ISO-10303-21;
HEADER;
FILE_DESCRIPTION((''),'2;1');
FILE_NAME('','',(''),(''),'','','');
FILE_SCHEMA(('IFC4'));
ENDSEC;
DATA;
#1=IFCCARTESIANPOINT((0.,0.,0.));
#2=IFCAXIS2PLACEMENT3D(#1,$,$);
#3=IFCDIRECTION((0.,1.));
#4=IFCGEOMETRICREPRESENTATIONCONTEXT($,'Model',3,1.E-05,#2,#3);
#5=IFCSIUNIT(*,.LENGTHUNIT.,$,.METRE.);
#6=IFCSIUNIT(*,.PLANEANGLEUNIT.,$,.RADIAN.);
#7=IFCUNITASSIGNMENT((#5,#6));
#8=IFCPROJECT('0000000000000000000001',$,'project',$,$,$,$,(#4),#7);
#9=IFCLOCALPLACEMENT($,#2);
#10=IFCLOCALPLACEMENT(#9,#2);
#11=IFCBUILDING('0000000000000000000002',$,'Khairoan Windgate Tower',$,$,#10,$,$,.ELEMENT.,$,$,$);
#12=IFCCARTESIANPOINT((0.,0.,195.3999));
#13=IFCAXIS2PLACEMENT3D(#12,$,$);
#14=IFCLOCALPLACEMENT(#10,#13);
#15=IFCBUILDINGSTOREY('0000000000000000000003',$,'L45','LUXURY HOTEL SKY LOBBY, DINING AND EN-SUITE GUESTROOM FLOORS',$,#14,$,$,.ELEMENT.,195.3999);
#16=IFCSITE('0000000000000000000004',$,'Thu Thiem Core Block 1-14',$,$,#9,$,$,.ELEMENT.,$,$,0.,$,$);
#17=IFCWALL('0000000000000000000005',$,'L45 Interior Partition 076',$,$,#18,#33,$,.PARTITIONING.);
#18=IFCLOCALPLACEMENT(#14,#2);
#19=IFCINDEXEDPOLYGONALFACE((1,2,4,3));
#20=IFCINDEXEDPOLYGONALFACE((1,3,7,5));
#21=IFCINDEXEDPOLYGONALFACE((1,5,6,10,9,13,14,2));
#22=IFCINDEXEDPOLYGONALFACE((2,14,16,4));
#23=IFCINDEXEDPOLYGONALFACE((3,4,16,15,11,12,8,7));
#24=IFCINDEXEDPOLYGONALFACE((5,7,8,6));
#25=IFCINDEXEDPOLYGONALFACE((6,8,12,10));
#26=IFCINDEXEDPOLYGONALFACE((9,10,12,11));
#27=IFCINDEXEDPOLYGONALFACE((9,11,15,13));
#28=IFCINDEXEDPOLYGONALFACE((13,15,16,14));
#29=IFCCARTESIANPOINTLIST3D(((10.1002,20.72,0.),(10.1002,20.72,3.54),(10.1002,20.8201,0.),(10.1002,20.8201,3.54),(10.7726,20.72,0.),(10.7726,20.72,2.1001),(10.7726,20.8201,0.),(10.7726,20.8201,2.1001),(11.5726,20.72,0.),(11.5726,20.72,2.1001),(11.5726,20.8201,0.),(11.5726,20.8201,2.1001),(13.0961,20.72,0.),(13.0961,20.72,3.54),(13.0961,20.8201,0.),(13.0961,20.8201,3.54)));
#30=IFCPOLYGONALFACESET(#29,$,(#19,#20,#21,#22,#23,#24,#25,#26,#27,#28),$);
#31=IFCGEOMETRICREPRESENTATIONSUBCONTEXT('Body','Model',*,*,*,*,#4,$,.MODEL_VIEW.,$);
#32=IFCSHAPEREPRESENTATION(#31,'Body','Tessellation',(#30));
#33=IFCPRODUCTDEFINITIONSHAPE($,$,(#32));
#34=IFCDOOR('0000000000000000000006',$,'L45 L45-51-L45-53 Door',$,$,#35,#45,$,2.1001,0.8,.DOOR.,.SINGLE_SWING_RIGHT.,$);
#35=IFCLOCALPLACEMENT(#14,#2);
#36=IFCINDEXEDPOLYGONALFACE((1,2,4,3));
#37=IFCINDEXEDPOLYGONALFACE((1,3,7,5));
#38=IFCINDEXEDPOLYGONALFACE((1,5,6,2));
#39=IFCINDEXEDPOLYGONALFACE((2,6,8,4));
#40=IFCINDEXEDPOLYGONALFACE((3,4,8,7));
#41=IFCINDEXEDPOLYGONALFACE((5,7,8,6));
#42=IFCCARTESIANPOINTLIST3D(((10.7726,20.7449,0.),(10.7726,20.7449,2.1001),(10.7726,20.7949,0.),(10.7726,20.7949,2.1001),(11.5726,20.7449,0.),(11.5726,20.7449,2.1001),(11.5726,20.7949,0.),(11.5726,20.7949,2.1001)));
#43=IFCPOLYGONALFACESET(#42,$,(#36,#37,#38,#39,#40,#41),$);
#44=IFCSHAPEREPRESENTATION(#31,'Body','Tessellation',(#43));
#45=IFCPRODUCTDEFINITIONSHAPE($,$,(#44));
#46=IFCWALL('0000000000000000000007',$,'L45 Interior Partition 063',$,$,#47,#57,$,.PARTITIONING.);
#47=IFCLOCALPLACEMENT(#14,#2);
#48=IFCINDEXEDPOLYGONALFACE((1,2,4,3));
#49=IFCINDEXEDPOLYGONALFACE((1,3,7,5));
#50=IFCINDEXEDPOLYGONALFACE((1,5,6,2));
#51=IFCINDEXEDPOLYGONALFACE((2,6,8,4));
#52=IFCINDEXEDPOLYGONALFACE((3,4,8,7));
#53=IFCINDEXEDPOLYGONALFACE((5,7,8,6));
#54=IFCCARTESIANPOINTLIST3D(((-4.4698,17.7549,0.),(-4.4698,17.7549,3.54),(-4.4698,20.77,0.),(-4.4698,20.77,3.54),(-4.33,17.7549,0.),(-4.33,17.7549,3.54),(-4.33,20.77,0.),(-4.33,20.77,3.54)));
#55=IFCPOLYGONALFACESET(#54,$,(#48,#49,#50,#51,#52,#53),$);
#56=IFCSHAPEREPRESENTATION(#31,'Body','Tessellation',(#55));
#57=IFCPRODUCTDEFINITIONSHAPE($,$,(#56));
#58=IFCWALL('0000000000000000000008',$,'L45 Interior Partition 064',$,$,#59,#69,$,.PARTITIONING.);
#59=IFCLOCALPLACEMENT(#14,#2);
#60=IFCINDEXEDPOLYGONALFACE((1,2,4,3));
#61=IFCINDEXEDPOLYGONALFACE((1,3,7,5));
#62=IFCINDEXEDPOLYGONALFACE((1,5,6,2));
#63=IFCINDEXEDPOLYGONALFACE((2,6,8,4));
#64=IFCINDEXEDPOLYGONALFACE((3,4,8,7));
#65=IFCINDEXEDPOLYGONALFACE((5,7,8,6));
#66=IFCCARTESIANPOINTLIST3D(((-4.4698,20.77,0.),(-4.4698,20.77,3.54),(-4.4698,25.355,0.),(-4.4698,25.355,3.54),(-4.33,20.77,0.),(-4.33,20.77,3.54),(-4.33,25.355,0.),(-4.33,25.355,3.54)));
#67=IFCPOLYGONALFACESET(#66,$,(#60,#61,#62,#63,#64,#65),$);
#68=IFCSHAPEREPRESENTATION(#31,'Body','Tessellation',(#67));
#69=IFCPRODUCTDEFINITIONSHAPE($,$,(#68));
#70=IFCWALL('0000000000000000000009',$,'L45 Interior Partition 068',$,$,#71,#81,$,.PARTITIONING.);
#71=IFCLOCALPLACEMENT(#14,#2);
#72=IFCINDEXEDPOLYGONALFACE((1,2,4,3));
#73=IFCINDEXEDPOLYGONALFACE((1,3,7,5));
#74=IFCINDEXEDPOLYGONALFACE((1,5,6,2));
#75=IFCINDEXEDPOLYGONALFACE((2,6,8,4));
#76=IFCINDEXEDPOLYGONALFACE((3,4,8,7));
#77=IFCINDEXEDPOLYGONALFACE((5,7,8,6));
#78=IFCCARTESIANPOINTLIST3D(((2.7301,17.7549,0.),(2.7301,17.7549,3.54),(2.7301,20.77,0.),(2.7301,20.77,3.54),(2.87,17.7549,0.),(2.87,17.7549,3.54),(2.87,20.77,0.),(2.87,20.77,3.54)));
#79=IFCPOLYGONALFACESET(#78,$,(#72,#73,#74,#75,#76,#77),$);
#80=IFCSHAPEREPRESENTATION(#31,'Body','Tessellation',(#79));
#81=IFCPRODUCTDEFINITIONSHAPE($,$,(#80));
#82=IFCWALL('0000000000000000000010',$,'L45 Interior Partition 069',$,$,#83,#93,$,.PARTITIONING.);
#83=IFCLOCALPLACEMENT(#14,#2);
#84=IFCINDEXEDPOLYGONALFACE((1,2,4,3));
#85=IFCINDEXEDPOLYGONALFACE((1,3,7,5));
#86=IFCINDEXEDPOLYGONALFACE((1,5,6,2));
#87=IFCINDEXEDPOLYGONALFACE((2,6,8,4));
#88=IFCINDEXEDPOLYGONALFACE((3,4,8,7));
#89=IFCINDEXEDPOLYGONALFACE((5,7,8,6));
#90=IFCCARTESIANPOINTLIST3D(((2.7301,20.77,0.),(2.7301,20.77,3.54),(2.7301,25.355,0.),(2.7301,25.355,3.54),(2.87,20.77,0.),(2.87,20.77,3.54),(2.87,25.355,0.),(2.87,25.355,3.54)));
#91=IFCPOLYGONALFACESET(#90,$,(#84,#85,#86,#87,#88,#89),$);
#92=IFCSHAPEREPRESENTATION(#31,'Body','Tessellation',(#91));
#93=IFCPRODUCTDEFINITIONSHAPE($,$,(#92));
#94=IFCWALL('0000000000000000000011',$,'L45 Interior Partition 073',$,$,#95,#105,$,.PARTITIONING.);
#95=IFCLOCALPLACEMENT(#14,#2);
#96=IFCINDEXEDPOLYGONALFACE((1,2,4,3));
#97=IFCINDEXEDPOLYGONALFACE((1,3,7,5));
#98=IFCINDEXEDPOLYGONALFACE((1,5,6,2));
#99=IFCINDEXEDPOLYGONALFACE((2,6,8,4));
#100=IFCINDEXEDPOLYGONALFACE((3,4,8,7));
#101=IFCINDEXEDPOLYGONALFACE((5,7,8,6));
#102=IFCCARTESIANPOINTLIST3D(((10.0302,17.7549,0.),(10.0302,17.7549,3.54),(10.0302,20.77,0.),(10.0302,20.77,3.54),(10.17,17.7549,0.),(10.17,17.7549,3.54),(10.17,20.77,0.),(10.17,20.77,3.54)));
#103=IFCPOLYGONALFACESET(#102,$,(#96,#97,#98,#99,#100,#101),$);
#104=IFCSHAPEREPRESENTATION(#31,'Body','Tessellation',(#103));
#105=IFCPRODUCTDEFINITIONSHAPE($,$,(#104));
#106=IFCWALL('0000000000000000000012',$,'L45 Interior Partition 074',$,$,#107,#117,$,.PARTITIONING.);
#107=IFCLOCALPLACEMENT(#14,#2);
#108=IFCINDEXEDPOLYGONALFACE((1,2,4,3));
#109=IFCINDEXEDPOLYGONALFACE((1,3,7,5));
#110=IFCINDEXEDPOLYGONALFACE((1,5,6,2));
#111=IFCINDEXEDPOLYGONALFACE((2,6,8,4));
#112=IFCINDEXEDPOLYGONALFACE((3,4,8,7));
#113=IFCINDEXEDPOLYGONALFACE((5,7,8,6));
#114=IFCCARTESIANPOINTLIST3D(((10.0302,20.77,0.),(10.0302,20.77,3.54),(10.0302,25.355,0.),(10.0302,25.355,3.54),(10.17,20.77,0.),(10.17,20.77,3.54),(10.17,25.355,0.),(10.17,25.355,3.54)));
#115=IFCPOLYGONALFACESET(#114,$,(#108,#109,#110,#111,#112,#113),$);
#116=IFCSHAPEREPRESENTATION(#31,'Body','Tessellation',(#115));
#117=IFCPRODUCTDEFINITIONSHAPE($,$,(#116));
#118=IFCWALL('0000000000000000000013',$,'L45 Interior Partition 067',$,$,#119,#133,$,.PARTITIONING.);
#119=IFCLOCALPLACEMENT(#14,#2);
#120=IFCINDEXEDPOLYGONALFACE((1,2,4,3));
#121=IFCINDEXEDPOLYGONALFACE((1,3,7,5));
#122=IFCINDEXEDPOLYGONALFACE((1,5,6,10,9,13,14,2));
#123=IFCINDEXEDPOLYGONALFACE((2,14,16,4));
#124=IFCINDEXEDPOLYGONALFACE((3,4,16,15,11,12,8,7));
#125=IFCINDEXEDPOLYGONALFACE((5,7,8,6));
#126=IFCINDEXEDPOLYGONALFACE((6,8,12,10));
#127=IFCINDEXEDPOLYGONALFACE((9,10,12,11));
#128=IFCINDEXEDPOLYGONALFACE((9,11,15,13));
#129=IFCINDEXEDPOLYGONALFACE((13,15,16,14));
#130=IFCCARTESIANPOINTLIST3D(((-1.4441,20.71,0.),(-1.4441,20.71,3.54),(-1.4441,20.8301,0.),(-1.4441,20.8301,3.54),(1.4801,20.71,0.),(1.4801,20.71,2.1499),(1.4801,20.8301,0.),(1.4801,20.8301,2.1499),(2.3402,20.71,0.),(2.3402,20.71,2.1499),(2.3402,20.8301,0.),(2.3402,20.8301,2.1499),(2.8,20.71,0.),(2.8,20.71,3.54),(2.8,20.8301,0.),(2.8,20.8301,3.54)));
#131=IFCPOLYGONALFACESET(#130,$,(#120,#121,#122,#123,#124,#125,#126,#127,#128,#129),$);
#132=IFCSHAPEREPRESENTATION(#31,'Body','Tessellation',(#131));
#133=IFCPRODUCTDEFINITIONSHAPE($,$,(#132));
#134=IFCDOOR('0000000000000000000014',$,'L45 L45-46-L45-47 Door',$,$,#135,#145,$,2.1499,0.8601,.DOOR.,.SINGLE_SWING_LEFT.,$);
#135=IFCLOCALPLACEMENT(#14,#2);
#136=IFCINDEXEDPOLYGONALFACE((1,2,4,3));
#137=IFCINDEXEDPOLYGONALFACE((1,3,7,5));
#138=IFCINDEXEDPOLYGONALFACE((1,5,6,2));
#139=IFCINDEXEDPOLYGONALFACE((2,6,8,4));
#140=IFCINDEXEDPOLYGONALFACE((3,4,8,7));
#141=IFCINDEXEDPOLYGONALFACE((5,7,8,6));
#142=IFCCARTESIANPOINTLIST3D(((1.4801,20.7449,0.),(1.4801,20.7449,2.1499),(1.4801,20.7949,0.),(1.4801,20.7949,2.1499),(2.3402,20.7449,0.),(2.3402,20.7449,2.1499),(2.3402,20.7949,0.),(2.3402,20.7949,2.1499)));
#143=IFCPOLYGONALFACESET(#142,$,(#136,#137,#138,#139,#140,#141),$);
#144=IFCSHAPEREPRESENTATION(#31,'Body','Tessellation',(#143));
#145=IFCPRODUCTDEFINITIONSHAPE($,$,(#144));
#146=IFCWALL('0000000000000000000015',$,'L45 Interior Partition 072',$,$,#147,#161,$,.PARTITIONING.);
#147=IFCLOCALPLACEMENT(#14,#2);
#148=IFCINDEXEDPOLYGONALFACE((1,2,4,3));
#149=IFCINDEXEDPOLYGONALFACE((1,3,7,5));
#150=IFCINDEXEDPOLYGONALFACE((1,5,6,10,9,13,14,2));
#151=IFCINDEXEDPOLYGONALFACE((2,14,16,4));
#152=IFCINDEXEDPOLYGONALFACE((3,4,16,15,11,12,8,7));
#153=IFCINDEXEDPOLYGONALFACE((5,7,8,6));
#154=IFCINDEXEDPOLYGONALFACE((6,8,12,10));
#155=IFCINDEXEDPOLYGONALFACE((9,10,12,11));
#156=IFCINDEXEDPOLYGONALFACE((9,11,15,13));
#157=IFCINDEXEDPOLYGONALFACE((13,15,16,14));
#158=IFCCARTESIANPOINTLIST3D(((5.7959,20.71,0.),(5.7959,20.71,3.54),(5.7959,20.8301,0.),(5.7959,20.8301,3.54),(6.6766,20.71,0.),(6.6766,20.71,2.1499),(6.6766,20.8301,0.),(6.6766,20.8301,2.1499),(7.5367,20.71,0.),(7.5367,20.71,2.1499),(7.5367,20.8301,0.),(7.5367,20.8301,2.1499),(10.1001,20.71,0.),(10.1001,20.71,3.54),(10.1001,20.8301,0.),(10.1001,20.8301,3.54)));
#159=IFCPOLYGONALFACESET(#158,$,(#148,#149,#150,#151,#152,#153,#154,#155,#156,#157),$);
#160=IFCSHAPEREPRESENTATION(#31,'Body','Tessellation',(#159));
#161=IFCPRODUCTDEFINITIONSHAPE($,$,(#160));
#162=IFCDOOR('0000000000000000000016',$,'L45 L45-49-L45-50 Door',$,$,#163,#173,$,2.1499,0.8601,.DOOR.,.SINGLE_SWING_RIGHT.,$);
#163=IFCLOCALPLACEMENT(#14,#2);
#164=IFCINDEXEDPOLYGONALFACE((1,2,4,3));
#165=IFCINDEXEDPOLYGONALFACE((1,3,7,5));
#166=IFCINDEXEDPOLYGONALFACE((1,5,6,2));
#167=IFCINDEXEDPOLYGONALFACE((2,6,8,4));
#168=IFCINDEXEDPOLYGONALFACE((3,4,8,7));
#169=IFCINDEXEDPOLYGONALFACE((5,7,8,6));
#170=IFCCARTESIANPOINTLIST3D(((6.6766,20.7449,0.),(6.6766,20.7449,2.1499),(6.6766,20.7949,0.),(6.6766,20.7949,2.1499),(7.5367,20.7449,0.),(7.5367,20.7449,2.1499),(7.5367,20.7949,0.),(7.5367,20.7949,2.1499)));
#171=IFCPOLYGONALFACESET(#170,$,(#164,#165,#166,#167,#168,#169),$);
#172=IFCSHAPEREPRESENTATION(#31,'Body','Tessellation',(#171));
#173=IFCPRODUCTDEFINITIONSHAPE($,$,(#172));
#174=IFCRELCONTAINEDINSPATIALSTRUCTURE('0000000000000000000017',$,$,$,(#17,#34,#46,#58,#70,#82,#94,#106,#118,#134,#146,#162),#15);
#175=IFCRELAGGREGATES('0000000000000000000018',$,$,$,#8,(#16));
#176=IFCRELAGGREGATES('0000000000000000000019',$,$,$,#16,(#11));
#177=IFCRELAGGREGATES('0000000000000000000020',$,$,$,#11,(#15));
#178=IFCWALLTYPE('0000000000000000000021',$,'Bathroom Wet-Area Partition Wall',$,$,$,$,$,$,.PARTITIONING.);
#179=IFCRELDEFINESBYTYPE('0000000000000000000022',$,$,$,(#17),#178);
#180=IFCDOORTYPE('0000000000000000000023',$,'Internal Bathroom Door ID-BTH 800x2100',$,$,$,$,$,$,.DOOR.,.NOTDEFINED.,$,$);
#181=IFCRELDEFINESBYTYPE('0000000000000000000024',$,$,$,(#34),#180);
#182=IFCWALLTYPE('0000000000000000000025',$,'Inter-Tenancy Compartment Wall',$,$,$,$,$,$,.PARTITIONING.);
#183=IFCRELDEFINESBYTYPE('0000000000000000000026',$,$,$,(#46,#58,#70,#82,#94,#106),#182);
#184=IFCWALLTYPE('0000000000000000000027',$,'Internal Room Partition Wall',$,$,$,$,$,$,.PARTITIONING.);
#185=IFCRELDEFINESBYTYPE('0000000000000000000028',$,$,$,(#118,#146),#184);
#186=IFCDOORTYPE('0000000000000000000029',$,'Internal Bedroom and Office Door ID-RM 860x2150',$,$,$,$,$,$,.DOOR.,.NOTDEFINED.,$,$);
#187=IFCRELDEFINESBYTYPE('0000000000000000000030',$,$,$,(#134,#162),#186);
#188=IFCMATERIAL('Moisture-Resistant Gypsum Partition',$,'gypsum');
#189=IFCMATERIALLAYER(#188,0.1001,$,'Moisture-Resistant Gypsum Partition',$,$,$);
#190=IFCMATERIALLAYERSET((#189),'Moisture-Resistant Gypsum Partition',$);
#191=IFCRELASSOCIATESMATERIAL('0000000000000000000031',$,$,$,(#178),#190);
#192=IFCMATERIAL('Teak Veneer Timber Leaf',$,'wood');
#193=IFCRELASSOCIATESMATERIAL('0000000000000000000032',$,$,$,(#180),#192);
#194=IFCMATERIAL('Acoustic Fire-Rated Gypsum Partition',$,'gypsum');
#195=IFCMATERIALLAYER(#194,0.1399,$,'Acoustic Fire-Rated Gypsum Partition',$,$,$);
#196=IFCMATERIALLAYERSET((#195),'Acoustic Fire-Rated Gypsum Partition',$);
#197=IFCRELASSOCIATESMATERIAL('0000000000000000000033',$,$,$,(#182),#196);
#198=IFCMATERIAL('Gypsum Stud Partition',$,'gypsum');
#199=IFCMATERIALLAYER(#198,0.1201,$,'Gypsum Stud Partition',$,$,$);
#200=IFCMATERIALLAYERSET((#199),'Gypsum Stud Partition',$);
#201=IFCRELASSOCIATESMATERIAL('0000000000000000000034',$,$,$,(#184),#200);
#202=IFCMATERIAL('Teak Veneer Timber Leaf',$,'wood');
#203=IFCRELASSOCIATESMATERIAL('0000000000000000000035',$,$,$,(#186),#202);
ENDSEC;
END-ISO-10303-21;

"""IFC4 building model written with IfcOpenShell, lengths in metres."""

from ifc_helpers import new_model, si_unit, direction, frame, frame_2d, origin, place, context, subcontext, project, spatial, rectangle, extrude, material, layer, layer_set, type_object, element, fill, save


model = new_model("IFC4")

# Units and contexts
model_context = context("Model", 3, precision=1e-05, world=origin(), true_north=direction((0.0, 1.0)))
body_context = subcontext(model_context, "Body", "Model", "MODEL_VIEW")
ifc_project = project(units=[si_unit("LENGTHUNIT", "METRE"), si_unit("PLANEANGLEUNIT", "RADIAN")], contexts=[model_context])

# Site, building, storey
site_placement = place(None, origin())
site = spatial("IfcSite", under=ifc_project, at=site_placement, Name="Thu Thiem Core Block 1-14", CompositionType="ELEMENT", RefElevation=0.0)
building_placement = place(site_placement, origin())
building = spatial("IfcBuilding", under=site, at=building_placement, Name="Khairoan Windgate Tower", CompositionType="ELEMENT")
storey_placement = place(building_placement, frame((0.0, 0.0, 195.3999)))
storey = spatial("IfcBuildingStorey", under=building, at=storey_placement, Name="L45", Description="LUXURY HOTEL SKY LOBBY, DINING AND EN-SUITE GUESTROOM FLOORS", CompositionType="ELEMENT", Elevation=195.3999)

# Wall, opening, door
ifc_material_1 = material(Name="Moisture-Resistant Gypsum Partition", Category="gypsum")
ifc_layer_1 = layer(ifc_material_1, 0.1001, Name="Moisture-Resistant Gypsum Partition")
ifc_layer_set_1 = layer_set([ifc_layer_1], Name="Moisture-Resistant Gypsum Partition")
wall_type_1 = type_object("IfcWallType", Name="Bathroom Wet-Area Partition Wall", PredefinedType="PARTITIONING", material=ifc_layer_set_1)
ifc_material_2 = material(Name="Teak Veneer Timber Leaf", Category="wood")
door_type_1 = type_object("IfcDoorType", Name="Internal Bathroom Door ID-BTH 800x2100", OperationType="NOTDEFINED", PredefinedType="DOOR", material=ifc_material_2)
wall_1_placement = place(storey_placement, frame((10.1001, 20.77, 0.0), z_axis=(0.0, 0.0, 1.0), x_axis=(1.0, 0.0, 0.0)))
wall_1 = element("IfcWall", 1, at=wall_1_placement, inside=storey, type_object=wall_type_1, Name="L45 Interior Partition 076", PredefinedType="PARTITIONING", context=body_context, shape_type="SweptSolid", body=[
    extrude(rectangle(XDim=2.9958, YDim=0.1001, at=frame_2d((1.498, 0.0))), origin(), (0.0, 0.0, 1.0), 3.54),
])
opening_1_placement = place(wall_1_placement, frame((0.6726, 0.0, 0.0)))
opening_1 = element("IfcOpeningElement", 2, at=opening_1_placement, cuts=wall_1, PredefinedType="OPENING", context=body_context, shape_type="SweptSolid", body=[
    extrude(rectangle(XDim=0.8, YDim=2.1001, at=frame_2d((0.3999, 1.05))), frame((0.0, 0.0601, 0.0), z_axis=(0.0, -1.0, 0.0), x_axis=(1.0, 0.0, 0.0)), (0.0, 0.0, 1.0), 0.1201),
])
door_1_placement = place(opening_1_placement, origin())
door_1 = element("IfcDoor", 3, at=door_1_placement, inside=storey, type_object=door_type_1, Name="L45 L45-51-L45-53 Door", OperationType="SINGLE_SWING_RIGHT", OverallHeight=2.1001, OverallWidth=0.8, PredefinedType="DOOR", context=body_context, shape_type="SweptSolid", body=[
    extrude(rectangle(XDim=0.8, YDim=2.1001, at=frame_2d((0.3999, 1.05))), frame((0.0, 0.0249, 0.0), z_axis=(0.0, -1.0, 0.0), x_axis=(1.0, 0.0, 0.0)), (0.0, 0.0, 1.0), 0.05),
])
fill(opening_1, door_1)

# Walls
ifc_material_3 = material(Name="Acoustic Fire-Rated Gypsum Partition", Category="gypsum")
ifc_layer_2 = layer(ifc_material_3, 0.1399, Name="Acoustic Fire-Rated Gypsum Partition")
ifc_layer_set_2 = layer_set([ifc_layer_2], Name="Acoustic Fire-Rated Gypsum Partition")
wall_type_2 = type_object("IfcWallType", Name="Inter-Tenancy Compartment Wall", PredefinedType="PARTITIONING", material=ifc_layer_set_2)
wall_2_placement = place(storey_placement, frame((-4.3999, 17.7549, 0.0), z_axis=(0.0, 0.0, 1.0), x_axis=(0.0, 1.0, 0.0)))
element("IfcWall", 4, at=wall_2_placement, inside=storey, type_object=wall_type_2, Name="L45 Interior Partition 063", PredefinedType="PARTITIONING", context=body_context, shape_type="SweptSolid", body=[
    extrude(rectangle(XDim=3.0151, YDim=0.1399, at=frame_2d((1.5076, 0.0))), origin(), (0.0, 0.0, 1.0), 3.54),
])
wall_3_placement = place(storey_placement, frame((-4.3999, 20.77, 0.0), z_axis=(0.0, 0.0, 1.0), x_axis=(0.0, 1.0, 0.0)))
element("IfcWall", 5, at=wall_3_placement, inside=storey, type_object=wall_type_2, Name="L45 Interior Partition 064", PredefinedType="PARTITIONING", context=body_context, shape_type="SweptSolid", body=[
    extrude(rectangle(XDim=4.585, YDim=0.1399, at=frame_2d((2.2925, 0.0))), origin(), (0.0, 0.0, 1.0), 3.54),
])
wall_4_placement = place(storey_placement, frame((2.8, 17.7549, 0.0), z_axis=(0.0, 0.0, 1.0), x_axis=(0.0, 1.0, 0.0)))
element("IfcWall", 6, at=wall_4_placement, inside=storey, type_object=wall_type_2, Name="L45 Interior Partition 068", PredefinedType="PARTITIONING", context=body_context, shape_type="SweptSolid", body=[
    extrude(rectangle(XDim=3.0151, YDim=0.1399, at=frame_2d((1.5076, 0.0))), origin(), (0.0, 0.0, 1.0), 3.54),
])
wall_5_placement = place(storey_placement, frame((2.8, 20.77, 0.0), z_axis=(0.0, 0.0, 1.0), x_axis=(0.0, 1.0, 0.0)))
element("IfcWall", 7, at=wall_5_placement, inside=storey, type_object=wall_type_2, Name="L45 Interior Partition 069", PredefinedType="PARTITIONING", context=body_context, shape_type="SweptSolid", body=[
    extrude(rectangle(XDim=4.585, YDim=0.1399, at=frame_2d((2.2925, 0.0))), origin(), (0.0, 0.0, 1.0), 3.54),
])
wall_6_placement = place(storey_placement, frame((10.1001, 17.7549, 0.0), z_axis=(0.0, 0.0, 1.0), x_axis=(0.0, 1.0, 0.0)))
element("IfcWall", 8, at=wall_6_placement, inside=storey, type_object=wall_type_2, Name="L45 Interior Partition 073", PredefinedType="PARTITIONING", context=body_context, shape_type="SweptSolid", body=[
    extrude(rectangle(XDim=3.0151, YDim=0.1399, at=frame_2d((1.5076, 0.0))), origin(), (0.0, 0.0, 1.0), 3.54),
])
wall_7_placement = place(storey_placement, frame((10.1001, 20.77, 0.0), z_axis=(0.0, 0.0, 1.0), x_axis=(0.0, 1.0, 0.0)))
element("IfcWall", 9, at=wall_7_placement, inside=storey, type_object=wall_type_2, Name="L45 Interior Partition 074", PredefinedType="PARTITIONING", context=body_context, shape_type="SweptSolid", body=[
    extrude(rectangle(XDim=4.585, YDim=0.1399, at=frame_2d((2.2925, 0.0))), origin(), (0.0, 0.0, 1.0), 3.54),
])

# Walls, openings, doors
ifc_material_4 = material(Name="Gypsum Stud Partition", Category="gypsum")
ifc_layer_3 = layer(ifc_material_4, 0.1201, Name="Gypsum Stud Partition")
ifc_layer_set_3 = layer_set([ifc_layer_3], Name="Gypsum Stud Partition")
wall_type_3 = type_object("IfcWallType", Name="Internal Room Partition Wall", PredefinedType="PARTITIONING", material=ifc_layer_set_3)
wall_8_placement = place(storey_placement, frame((-1.4441, 20.77, 0.0), z_axis=(0.0, 0.0, 1.0), x_axis=(1.0, 0.0, 0.0)))
wall_8 = element("IfcWall", 10, at=wall_8_placement, inside=storey, type_object=wall_type_3, Name="L45 Interior Partition 067", PredefinedType="PARTITIONING", context=body_context, shape_type="SweptSolid", body=[
    extrude(rectangle(XDim=4.2441, YDim=0.1201, at=frame_2d((2.1221, 0.0))), origin(), (0.0, 0.0, 1.0), 3.54),
])
opening_2_placement = place(wall_8_placement, frame((2.9241, 0.0, 0.0)))
opening_2 = element("IfcOpeningElement", 11, at=opening_2_placement, cuts=wall_8, PredefinedType="OPENING", context=body_context, shape_type="SweptSolid", body=[
    extrude(rectangle(XDim=0.8601, YDim=2.1499, at=frame_2d((0.4302, 1.075))), frame((0.0, 0.0701, 0.0), z_axis=(0.0, -1.0, 0.0), x_axis=(1.0, 0.0, 0.0)), (0.0, 0.0, 1.0), 0.1401),
])
ifc_material_5 = material(Name="Teak Veneer Timber Leaf", Category="wood")
door_type_2 = type_object("IfcDoorType", Name="Internal Bedroom and Office Door ID-RM 860x2150", OperationType="NOTDEFINED", PredefinedType="DOOR", material=ifc_material_5)
door_2_placement = place(opening_2_placement, origin())
door_2 = element("IfcDoor", 12, at=door_2_placement, inside=storey, type_object=door_type_2, Name="L45 L45-46-L45-47 Door", OperationType="SINGLE_SWING_LEFT", OverallHeight=2.1499, OverallWidth=0.8601, PredefinedType="DOOR", context=body_context, shape_type="SweptSolid", body=[
    extrude(rectangle(XDim=0.8601, YDim=2.1499, at=frame_2d((0.4302, 1.075))), frame((0.0, 0.0249, 0.0), z_axis=(0.0, -1.0, 0.0), x_axis=(1.0, 0.0, 0.0)), (0.0, 0.0, 1.0), 0.05),
])
fill(opening_2, door_2)
wall_9_placement = place(storey_placement, frame((5.7959, 20.77, 0.0), z_axis=(0.0, 0.0, 1.0), x_axis=(1.0, 0.0, 0.0)))
wall_9 = element("IfcWall", 13, at=wall_9_placement, inside=storey, type_object=wall_type_3, Name="L45 Interior Partition 072", PredefinedType="PARTITIONING", context=body_context, shape_type="SweptSolid", body=[
    extrude(rectangle(XDim=4.3042, YDim=0.1201, at=frame_2d((2.1521, 0.0))), origin(), (0.0, 0.0, 1.0), 3.54),
])
opening_3_placement = place(wall_9_placement, frame((0.8806, 0.0, 0.0)))
opening_3 = element("IfcOpeningElement", 14, at=opening_3_placement, cuts=wall_9, PredefinedType="OPENING", context=body_context, shape_type="SweptSolid", body=[
    extrude(rectangle(XDim=0.8601, YDim=2.1499, at=frame_2d((0.4302, 1.075))), frame((0.0, 0.0701, 0.0), z_axis=(0.0, -1.0, 0.0), x_axis=(1.0, 0.0, 0.0)), (0.0, 0.0, 1.0), 0.1401),
])
door_3_placement = place(opening_3_placement, origin())
door_3 = element("IfcDoor", 15, at=door_3_placement, inside=storey, type_object=door_type_2, Name="L45 L45-49-L45-50 Door", OperationType="SINGLE_SWING_RIGHT", OverallHeight=2.1499, OverallWidth=0.8601, PredefinedType="DOOR", context=body_context, shape_type="SweptSolid", body=[
    extrude(rectangle(XDim=0.8601, YDim=2.1499, at=frame_2d((0.4302, 1.075))), frame((0.0, 0.0249, 0.0), z_axis=(0.0, -1.0, 0.0), x_axis=(1.0, 0.0, 0.0)), (0.0, 0.0, 1.0), 0.05),
])
fill(opening_3, door_3)

save(model, "model.ifc")
